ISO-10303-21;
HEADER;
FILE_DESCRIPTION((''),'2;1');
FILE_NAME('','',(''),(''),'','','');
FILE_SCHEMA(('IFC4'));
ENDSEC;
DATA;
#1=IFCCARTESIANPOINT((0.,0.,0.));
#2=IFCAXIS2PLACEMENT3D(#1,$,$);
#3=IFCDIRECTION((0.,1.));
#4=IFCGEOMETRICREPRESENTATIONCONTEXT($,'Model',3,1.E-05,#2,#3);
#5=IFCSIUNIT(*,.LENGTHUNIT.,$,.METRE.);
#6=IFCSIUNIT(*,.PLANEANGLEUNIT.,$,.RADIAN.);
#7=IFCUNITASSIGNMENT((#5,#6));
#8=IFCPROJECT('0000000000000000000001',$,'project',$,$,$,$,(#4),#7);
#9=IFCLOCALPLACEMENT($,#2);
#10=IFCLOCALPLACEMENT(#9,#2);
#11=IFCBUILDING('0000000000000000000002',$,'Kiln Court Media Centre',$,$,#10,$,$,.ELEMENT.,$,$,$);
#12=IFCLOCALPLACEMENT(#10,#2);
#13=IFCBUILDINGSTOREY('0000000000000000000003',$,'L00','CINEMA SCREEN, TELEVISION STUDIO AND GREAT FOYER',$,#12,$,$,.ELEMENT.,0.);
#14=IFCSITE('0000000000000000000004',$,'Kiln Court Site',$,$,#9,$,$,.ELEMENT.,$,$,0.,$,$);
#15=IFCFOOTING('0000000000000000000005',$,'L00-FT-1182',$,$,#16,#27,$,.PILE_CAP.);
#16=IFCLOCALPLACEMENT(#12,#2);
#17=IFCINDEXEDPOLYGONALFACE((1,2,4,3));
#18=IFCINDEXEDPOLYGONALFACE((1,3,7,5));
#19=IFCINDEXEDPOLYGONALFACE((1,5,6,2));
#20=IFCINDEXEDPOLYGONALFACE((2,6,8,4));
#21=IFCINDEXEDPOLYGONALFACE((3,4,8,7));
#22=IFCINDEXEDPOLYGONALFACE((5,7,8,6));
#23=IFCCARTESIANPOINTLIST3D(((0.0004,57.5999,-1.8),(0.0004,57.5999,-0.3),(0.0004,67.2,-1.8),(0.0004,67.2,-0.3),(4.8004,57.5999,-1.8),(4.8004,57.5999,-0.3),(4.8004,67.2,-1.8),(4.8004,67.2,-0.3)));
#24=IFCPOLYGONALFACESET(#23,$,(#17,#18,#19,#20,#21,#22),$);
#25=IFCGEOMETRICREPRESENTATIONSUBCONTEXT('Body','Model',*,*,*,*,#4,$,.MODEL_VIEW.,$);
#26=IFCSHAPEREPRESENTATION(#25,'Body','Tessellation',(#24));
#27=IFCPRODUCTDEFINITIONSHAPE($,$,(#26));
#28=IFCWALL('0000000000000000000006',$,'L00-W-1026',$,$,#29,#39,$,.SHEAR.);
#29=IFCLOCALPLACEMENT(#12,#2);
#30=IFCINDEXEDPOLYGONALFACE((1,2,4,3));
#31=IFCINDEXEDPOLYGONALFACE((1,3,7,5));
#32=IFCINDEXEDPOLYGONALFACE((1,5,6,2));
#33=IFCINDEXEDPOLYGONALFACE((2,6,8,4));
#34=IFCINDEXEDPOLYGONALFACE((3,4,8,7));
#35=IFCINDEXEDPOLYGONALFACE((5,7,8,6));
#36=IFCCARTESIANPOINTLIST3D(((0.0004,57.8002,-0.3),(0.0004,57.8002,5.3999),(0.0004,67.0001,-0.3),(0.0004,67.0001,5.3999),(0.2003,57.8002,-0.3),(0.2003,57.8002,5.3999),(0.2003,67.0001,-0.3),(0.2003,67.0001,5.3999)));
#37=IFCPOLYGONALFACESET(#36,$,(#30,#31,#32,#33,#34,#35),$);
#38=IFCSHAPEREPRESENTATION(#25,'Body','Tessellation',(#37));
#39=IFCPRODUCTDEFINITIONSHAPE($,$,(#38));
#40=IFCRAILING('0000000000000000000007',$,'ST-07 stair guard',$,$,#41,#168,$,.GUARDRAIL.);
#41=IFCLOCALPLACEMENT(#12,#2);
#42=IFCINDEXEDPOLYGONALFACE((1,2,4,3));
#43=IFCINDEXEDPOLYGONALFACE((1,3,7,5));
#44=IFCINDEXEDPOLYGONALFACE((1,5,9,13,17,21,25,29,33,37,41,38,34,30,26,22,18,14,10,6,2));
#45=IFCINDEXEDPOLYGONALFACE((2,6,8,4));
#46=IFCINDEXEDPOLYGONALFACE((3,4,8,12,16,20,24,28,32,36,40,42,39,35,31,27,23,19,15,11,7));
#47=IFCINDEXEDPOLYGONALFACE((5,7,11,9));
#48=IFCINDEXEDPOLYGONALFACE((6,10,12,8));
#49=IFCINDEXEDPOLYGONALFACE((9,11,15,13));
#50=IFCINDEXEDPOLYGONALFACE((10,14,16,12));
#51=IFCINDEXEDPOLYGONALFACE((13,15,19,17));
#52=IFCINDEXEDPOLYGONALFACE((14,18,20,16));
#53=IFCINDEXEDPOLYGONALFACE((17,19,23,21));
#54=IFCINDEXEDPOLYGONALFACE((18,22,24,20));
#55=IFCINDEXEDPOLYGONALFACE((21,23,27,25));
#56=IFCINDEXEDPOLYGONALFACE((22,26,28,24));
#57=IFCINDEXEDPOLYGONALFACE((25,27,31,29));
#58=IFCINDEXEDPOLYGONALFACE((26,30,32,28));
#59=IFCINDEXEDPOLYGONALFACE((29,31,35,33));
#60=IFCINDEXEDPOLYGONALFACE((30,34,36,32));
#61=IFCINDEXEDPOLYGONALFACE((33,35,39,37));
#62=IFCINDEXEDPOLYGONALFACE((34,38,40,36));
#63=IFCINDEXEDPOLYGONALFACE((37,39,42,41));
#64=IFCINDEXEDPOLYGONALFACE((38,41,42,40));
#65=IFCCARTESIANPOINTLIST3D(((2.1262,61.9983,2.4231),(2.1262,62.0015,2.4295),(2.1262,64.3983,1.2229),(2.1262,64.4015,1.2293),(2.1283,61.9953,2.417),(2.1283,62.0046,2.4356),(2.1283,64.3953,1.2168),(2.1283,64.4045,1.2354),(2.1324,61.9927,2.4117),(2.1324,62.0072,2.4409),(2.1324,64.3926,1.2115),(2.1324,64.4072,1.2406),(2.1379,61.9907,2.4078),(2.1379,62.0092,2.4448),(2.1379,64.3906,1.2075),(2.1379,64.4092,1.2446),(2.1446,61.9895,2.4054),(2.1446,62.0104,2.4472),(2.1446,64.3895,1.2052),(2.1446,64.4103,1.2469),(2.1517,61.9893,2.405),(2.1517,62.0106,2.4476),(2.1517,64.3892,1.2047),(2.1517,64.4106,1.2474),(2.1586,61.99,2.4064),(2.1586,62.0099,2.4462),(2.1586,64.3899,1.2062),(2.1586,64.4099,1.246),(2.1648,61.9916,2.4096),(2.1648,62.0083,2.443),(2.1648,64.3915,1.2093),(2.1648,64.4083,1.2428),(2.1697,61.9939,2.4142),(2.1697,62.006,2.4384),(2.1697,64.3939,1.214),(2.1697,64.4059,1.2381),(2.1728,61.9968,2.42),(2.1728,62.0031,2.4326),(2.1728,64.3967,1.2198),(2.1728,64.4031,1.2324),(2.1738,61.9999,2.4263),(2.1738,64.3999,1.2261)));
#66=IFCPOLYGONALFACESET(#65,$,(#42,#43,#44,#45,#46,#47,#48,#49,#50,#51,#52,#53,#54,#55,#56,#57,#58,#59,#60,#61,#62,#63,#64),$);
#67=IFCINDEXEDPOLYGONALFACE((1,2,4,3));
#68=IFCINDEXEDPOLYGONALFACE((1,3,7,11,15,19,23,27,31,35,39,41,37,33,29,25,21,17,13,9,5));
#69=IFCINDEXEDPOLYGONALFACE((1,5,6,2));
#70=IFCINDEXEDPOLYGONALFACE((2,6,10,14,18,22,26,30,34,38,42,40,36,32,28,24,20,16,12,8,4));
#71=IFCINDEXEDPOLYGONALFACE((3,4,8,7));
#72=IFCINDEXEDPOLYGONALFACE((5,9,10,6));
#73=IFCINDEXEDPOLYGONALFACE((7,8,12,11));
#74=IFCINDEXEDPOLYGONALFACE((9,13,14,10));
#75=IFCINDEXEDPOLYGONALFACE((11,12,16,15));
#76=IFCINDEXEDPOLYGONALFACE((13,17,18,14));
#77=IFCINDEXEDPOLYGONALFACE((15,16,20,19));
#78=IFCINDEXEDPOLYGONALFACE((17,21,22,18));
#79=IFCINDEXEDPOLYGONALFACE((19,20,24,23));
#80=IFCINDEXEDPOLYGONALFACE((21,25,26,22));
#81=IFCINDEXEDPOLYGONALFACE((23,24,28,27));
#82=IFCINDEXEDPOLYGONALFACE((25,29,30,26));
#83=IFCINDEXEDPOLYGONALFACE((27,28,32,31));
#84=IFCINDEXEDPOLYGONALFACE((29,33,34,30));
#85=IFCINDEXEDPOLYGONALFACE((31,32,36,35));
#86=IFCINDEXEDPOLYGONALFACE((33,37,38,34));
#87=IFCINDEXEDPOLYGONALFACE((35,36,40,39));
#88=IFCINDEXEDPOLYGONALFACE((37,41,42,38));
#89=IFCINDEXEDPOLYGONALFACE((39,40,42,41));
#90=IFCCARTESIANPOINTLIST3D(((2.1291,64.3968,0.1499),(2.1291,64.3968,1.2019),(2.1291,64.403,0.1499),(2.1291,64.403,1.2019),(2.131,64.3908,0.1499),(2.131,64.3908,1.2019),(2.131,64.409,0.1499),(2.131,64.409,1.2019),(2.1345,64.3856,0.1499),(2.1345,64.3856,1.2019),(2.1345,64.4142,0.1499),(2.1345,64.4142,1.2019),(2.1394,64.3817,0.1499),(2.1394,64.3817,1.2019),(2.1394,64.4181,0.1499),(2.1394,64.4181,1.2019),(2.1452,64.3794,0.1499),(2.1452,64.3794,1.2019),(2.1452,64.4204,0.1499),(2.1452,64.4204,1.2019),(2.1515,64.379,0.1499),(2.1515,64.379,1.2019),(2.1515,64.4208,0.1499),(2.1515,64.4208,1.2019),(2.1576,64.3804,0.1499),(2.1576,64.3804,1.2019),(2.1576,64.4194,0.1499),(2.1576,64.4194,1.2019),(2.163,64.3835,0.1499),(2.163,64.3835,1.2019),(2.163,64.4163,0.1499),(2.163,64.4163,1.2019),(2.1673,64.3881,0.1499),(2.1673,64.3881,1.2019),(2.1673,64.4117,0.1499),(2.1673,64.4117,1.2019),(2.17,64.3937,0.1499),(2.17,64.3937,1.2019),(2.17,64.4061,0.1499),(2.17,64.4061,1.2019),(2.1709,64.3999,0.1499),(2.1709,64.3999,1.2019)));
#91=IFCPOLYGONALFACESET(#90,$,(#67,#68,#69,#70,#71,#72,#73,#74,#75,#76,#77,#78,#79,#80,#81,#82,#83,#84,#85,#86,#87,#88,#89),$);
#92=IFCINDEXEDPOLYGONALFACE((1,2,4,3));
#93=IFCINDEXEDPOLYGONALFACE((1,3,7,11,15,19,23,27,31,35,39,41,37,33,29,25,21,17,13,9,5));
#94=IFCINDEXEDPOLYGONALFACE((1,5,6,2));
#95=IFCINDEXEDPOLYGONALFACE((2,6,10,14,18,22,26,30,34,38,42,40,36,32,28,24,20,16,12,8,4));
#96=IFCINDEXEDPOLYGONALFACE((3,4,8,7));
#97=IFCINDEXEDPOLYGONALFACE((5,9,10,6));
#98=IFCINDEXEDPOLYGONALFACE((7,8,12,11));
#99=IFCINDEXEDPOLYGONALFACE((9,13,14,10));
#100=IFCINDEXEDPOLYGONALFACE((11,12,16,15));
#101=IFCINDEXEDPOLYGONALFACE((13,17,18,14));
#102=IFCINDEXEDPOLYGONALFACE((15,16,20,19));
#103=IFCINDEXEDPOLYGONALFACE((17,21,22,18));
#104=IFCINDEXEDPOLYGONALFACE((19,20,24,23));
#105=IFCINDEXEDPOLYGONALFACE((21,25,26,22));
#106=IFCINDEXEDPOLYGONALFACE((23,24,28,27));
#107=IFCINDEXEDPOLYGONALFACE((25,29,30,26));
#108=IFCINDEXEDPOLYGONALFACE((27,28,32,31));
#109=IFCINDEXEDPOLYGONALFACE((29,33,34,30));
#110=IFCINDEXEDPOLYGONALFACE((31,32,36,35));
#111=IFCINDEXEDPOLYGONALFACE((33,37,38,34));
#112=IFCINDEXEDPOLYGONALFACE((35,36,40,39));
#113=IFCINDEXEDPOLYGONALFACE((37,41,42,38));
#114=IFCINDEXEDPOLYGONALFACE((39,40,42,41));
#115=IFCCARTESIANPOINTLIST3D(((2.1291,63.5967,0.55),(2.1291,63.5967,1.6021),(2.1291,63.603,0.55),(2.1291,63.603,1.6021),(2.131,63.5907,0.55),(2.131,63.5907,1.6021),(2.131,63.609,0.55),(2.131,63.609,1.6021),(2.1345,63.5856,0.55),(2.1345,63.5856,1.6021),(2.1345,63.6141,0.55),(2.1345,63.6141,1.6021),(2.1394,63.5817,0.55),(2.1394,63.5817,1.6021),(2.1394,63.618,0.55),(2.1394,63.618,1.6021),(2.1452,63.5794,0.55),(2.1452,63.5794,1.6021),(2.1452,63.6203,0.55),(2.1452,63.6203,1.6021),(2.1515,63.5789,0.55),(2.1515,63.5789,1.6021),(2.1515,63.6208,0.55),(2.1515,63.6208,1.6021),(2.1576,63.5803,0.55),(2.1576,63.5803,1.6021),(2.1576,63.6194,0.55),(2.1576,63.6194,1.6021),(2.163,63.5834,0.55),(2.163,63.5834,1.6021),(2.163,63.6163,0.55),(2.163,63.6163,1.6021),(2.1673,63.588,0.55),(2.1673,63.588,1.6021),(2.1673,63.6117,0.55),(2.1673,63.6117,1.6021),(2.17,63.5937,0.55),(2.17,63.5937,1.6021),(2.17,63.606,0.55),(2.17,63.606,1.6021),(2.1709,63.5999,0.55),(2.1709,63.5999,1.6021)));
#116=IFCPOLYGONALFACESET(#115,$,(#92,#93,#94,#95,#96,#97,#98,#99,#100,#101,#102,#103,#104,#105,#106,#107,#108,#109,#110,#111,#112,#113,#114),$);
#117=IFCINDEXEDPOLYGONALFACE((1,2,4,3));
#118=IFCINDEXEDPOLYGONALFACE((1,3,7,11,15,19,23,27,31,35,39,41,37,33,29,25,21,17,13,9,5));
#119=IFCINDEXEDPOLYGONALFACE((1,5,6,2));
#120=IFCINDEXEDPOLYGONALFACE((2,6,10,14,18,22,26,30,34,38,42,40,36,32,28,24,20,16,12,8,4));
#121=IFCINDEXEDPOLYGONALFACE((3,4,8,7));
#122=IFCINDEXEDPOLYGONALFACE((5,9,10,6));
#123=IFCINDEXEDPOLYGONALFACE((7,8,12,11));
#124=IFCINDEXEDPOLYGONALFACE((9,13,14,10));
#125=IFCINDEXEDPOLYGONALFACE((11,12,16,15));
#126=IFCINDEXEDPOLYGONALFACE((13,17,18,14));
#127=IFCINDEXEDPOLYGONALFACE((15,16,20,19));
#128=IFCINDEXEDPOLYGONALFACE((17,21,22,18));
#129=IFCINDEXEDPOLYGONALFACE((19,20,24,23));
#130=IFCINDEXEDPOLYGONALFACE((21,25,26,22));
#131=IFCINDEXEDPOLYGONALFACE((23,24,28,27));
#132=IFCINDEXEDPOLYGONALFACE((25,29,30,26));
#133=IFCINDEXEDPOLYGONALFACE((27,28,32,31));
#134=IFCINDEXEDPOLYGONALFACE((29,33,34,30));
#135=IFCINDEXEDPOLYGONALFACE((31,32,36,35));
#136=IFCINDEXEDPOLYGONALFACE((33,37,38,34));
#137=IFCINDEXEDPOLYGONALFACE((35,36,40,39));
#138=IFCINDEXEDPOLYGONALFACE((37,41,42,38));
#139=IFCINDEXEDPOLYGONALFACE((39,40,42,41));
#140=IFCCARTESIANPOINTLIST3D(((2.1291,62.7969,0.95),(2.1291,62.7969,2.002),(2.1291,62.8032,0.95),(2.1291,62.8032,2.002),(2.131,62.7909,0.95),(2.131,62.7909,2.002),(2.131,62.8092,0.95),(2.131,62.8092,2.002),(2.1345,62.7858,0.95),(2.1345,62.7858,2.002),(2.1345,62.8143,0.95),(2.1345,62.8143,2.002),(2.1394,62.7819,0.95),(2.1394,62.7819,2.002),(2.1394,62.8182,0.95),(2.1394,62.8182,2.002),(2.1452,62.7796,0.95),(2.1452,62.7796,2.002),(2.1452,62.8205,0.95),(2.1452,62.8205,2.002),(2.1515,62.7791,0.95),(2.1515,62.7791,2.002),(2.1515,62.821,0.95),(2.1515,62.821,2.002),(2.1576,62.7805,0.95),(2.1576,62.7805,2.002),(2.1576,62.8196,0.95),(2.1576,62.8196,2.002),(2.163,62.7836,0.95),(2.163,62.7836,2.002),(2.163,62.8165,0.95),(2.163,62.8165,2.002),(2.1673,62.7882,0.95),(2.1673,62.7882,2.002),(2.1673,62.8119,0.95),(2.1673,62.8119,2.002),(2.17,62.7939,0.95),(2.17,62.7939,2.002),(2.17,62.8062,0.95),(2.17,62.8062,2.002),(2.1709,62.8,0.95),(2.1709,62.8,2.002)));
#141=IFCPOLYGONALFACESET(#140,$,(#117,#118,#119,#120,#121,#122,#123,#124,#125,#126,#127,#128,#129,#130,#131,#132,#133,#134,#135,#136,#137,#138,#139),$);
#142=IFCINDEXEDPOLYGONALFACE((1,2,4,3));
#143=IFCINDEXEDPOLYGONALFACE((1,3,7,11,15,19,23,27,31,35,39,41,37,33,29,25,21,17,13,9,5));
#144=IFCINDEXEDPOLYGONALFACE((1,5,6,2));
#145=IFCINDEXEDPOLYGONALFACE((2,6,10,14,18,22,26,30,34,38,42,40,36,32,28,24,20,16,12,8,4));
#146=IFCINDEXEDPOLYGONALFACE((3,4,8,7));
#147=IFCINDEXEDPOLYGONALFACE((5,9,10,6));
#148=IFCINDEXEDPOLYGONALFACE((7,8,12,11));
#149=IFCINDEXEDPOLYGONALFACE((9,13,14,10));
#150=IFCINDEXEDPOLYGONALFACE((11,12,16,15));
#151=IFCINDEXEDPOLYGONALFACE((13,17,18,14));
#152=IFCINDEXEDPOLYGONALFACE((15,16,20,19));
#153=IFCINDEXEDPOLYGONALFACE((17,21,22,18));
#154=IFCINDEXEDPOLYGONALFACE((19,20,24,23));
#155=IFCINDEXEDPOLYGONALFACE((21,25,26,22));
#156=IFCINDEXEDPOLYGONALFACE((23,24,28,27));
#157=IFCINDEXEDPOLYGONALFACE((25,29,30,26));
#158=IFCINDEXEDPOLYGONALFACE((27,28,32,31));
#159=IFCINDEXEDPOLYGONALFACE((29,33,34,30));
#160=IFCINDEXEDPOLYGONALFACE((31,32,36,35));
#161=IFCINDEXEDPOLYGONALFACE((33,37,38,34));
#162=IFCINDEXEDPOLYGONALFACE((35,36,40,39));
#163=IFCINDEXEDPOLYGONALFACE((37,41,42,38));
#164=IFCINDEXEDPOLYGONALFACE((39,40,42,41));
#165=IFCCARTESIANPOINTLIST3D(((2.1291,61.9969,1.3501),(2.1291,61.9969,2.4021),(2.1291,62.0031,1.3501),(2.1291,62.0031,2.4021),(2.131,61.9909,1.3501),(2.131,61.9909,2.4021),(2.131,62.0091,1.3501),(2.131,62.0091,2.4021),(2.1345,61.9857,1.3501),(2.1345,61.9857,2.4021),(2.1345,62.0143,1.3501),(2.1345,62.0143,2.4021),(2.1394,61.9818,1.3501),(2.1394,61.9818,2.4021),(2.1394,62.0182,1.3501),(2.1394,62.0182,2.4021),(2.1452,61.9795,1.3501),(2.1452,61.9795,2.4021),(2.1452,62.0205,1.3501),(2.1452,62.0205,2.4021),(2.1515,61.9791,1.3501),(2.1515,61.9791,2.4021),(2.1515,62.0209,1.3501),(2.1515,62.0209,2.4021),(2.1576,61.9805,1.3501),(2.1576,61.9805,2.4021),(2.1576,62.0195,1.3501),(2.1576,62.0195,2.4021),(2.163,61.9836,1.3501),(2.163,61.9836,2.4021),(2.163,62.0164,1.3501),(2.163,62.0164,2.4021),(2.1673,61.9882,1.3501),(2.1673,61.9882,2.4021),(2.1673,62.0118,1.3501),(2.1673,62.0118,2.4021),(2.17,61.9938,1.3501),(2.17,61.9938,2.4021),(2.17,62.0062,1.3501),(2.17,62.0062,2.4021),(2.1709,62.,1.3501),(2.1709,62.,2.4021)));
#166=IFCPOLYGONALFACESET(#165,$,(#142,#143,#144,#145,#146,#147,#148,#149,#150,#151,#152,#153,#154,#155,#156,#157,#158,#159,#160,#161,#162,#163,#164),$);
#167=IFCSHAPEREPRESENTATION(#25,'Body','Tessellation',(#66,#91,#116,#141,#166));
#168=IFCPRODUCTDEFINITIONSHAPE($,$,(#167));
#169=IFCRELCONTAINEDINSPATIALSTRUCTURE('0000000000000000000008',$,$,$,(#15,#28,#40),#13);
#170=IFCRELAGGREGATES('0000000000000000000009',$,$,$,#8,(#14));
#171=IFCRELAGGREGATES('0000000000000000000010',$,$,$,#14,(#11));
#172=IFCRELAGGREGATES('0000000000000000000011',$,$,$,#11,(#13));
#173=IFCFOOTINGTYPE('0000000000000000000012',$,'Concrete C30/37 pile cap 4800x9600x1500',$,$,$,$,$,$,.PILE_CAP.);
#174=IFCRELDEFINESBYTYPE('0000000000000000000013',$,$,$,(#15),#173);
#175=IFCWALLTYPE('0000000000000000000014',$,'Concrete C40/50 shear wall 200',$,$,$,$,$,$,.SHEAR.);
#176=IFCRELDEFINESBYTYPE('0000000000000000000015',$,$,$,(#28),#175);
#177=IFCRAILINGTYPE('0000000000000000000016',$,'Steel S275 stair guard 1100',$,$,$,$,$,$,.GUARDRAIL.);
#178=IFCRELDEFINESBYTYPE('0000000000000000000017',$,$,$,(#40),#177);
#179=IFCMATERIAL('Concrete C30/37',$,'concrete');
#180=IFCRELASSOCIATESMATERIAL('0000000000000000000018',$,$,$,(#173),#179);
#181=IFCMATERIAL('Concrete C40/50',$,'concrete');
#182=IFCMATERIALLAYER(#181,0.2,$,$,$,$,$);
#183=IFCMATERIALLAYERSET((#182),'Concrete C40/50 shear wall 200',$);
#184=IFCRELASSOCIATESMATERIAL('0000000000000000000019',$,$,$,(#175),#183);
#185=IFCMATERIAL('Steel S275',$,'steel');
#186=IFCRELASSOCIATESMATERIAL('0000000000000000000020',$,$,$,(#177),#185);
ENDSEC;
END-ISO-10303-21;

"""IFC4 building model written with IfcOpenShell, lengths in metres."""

from ifc_helpers import new_model, si_unit, direction, frame, frame_2d, origin, origin_2d, place, context, subcontext, project, spatial, rectangle, circle, extrude, material, layer, layer_set, type_object, element, save


model = new_model("IFC4")

# Units and contexts
model_context = context("Model", 3, precision=1e-05, world=origin(), true_north=direction((0.0, 1.0)))
body_context = subcontext(model_context, "Body", "Model", "MODEL_VIEW")
ifc_project = project(units=[si_unit("LENGTHUNIT", "METRE"), si_unit("PLANEANGLEUNIT", "RADIAN")], contexts=[model_context])

# Site, building, storey
site_placement = place(None, origin())
site = spatial("IfcSite", under=ifc_project, at=site_placement, Name="Kiln Court Site", CompositionType="ELEMENT", RefElevation=0.0)
building_placement = place(site_placement, origin())
building = spatial("IfcBuilding", under=site, at=building_placement, Name="Kiln Court Media Centre", CompositionType="ELEMENT")
storey_placement = place(building_placement, origin())
storey = spatial("IfcBuildingStorey", under=building, at=storey_placement, Name="L00", Description="CINEMA SCREEN, TELEVISION STUDIO AND GREAT FOYER", CompositionType="ELEMENT", Elevation=0.0)

# Footing
ifc_material_1 = material(Name="Concrete C30/37", Category="concrete")
footing_type = type_object("IfcFootingType", Name="Concrete C30/37 pile cap 4800x9600x1500", PredefinedType="PILE_CAP", material=ifc_material_1)
footing_placement = place(storey_placement, frame((2.4004, 62.3999, -1.8), z_axis=(0.0, 0.0, 1.0), x_axis=(1.0, 0.0, 0.0)))
element("IfcFooting", 1, at=footing_placement, inside=storey, type_object=footing_type, Name="L00-FT-1182", PredefinedType="PILE_CAP", context=body_context, shape_type="SweptSolid", body=[
    extrude(rectangle(XDim=4.8, YDim=9.6001, at=origin_2d()), origin(), (0.0, 0.0, 1.0), 1.5),
])

# Wall
ifc_material_2 = material(Name="Concrete C40/50", Category="concrete")
ifc_layer = layer(ifc_material_2, 0.2)
ifc_layer_set = layer_set([ifc_layer], Name="Concrete C40/50 shear wall 200")
wall_type = type_object("IfcWallType", Name="Concrete C40/50 shear wall 200", PredefinedType="SHEAR", material=ifc_layer_set)
wall_placement = place(storey_placement, frame((0.1003, 57.8, -0.3), z_axis=(0.0, 0.0, 1.0), x_axis=(0.0, 1.0, 0.0)))
element("IfcWall", 2, at=wall_placement, inside=storey, type_object=wall_type, Name="L00-W-1026", PredefinedType="SHEAR", context=body_context, shape_type="SweptSolid", body=[
    extrude(rectangle(XDim=9.2, YDim=0.2, at=frame_2d((4.6001, 0.0))), origin(), (0.0, 0.0, 1.0), 5.7),
])

# Railing
ifc_material_3 = material(Name="Steel S275", Category="steel")
railing_type_1 = type_object("IfcRailingType", Name="Steel S275 stair guard 1100", PredefinedType="GUARDRAIL", material=ifc_material_3)
railing_1_placement = place(storey_placement, frame((2.1499, 64.3999, 0.1499)))
element("IfcRailing", 3, at=railing_1_placement, inside=storey, type_object=railing_type_1, Name="ST-07 stair guard", PredefinedType="GUARDRAIL", context=body_context, shape_type="SweptSolid", body=[
    extrude(circle(Radius=0.0239, at=origin_2d()), frame((0.0, 0.0, 1.0762), z_axis=(0.0, -0.894391, 0.447286), x_axis=(1.0, 0.0, 0.0)), (0.0, 0.0, 1.0), 2.6833),
    extrude(circle(Radius=0.021, at=origin_2d()), origin(), (0.0, 0.0, 1.0), 1.052),
    extrude(circle(Radius=0.021, at=origin_2d()), frame((0.0, -0.8, 0.4001)), (0.0, 0.0, 1.0), 1.052),
    extrude(circle(Radius=0.021, at=origin_2d()), frame((0.0, -1.5999, 0.8)), (0.0, 0.0, 1.0), 1.052),
    extrude(circle(Radius=0.021, at=origin_2d()), frame((0.0, -2.3999, 1.2002)), (0.0, 0.0, 1.0), 1.052),
])

save(model, "model.ifc")
